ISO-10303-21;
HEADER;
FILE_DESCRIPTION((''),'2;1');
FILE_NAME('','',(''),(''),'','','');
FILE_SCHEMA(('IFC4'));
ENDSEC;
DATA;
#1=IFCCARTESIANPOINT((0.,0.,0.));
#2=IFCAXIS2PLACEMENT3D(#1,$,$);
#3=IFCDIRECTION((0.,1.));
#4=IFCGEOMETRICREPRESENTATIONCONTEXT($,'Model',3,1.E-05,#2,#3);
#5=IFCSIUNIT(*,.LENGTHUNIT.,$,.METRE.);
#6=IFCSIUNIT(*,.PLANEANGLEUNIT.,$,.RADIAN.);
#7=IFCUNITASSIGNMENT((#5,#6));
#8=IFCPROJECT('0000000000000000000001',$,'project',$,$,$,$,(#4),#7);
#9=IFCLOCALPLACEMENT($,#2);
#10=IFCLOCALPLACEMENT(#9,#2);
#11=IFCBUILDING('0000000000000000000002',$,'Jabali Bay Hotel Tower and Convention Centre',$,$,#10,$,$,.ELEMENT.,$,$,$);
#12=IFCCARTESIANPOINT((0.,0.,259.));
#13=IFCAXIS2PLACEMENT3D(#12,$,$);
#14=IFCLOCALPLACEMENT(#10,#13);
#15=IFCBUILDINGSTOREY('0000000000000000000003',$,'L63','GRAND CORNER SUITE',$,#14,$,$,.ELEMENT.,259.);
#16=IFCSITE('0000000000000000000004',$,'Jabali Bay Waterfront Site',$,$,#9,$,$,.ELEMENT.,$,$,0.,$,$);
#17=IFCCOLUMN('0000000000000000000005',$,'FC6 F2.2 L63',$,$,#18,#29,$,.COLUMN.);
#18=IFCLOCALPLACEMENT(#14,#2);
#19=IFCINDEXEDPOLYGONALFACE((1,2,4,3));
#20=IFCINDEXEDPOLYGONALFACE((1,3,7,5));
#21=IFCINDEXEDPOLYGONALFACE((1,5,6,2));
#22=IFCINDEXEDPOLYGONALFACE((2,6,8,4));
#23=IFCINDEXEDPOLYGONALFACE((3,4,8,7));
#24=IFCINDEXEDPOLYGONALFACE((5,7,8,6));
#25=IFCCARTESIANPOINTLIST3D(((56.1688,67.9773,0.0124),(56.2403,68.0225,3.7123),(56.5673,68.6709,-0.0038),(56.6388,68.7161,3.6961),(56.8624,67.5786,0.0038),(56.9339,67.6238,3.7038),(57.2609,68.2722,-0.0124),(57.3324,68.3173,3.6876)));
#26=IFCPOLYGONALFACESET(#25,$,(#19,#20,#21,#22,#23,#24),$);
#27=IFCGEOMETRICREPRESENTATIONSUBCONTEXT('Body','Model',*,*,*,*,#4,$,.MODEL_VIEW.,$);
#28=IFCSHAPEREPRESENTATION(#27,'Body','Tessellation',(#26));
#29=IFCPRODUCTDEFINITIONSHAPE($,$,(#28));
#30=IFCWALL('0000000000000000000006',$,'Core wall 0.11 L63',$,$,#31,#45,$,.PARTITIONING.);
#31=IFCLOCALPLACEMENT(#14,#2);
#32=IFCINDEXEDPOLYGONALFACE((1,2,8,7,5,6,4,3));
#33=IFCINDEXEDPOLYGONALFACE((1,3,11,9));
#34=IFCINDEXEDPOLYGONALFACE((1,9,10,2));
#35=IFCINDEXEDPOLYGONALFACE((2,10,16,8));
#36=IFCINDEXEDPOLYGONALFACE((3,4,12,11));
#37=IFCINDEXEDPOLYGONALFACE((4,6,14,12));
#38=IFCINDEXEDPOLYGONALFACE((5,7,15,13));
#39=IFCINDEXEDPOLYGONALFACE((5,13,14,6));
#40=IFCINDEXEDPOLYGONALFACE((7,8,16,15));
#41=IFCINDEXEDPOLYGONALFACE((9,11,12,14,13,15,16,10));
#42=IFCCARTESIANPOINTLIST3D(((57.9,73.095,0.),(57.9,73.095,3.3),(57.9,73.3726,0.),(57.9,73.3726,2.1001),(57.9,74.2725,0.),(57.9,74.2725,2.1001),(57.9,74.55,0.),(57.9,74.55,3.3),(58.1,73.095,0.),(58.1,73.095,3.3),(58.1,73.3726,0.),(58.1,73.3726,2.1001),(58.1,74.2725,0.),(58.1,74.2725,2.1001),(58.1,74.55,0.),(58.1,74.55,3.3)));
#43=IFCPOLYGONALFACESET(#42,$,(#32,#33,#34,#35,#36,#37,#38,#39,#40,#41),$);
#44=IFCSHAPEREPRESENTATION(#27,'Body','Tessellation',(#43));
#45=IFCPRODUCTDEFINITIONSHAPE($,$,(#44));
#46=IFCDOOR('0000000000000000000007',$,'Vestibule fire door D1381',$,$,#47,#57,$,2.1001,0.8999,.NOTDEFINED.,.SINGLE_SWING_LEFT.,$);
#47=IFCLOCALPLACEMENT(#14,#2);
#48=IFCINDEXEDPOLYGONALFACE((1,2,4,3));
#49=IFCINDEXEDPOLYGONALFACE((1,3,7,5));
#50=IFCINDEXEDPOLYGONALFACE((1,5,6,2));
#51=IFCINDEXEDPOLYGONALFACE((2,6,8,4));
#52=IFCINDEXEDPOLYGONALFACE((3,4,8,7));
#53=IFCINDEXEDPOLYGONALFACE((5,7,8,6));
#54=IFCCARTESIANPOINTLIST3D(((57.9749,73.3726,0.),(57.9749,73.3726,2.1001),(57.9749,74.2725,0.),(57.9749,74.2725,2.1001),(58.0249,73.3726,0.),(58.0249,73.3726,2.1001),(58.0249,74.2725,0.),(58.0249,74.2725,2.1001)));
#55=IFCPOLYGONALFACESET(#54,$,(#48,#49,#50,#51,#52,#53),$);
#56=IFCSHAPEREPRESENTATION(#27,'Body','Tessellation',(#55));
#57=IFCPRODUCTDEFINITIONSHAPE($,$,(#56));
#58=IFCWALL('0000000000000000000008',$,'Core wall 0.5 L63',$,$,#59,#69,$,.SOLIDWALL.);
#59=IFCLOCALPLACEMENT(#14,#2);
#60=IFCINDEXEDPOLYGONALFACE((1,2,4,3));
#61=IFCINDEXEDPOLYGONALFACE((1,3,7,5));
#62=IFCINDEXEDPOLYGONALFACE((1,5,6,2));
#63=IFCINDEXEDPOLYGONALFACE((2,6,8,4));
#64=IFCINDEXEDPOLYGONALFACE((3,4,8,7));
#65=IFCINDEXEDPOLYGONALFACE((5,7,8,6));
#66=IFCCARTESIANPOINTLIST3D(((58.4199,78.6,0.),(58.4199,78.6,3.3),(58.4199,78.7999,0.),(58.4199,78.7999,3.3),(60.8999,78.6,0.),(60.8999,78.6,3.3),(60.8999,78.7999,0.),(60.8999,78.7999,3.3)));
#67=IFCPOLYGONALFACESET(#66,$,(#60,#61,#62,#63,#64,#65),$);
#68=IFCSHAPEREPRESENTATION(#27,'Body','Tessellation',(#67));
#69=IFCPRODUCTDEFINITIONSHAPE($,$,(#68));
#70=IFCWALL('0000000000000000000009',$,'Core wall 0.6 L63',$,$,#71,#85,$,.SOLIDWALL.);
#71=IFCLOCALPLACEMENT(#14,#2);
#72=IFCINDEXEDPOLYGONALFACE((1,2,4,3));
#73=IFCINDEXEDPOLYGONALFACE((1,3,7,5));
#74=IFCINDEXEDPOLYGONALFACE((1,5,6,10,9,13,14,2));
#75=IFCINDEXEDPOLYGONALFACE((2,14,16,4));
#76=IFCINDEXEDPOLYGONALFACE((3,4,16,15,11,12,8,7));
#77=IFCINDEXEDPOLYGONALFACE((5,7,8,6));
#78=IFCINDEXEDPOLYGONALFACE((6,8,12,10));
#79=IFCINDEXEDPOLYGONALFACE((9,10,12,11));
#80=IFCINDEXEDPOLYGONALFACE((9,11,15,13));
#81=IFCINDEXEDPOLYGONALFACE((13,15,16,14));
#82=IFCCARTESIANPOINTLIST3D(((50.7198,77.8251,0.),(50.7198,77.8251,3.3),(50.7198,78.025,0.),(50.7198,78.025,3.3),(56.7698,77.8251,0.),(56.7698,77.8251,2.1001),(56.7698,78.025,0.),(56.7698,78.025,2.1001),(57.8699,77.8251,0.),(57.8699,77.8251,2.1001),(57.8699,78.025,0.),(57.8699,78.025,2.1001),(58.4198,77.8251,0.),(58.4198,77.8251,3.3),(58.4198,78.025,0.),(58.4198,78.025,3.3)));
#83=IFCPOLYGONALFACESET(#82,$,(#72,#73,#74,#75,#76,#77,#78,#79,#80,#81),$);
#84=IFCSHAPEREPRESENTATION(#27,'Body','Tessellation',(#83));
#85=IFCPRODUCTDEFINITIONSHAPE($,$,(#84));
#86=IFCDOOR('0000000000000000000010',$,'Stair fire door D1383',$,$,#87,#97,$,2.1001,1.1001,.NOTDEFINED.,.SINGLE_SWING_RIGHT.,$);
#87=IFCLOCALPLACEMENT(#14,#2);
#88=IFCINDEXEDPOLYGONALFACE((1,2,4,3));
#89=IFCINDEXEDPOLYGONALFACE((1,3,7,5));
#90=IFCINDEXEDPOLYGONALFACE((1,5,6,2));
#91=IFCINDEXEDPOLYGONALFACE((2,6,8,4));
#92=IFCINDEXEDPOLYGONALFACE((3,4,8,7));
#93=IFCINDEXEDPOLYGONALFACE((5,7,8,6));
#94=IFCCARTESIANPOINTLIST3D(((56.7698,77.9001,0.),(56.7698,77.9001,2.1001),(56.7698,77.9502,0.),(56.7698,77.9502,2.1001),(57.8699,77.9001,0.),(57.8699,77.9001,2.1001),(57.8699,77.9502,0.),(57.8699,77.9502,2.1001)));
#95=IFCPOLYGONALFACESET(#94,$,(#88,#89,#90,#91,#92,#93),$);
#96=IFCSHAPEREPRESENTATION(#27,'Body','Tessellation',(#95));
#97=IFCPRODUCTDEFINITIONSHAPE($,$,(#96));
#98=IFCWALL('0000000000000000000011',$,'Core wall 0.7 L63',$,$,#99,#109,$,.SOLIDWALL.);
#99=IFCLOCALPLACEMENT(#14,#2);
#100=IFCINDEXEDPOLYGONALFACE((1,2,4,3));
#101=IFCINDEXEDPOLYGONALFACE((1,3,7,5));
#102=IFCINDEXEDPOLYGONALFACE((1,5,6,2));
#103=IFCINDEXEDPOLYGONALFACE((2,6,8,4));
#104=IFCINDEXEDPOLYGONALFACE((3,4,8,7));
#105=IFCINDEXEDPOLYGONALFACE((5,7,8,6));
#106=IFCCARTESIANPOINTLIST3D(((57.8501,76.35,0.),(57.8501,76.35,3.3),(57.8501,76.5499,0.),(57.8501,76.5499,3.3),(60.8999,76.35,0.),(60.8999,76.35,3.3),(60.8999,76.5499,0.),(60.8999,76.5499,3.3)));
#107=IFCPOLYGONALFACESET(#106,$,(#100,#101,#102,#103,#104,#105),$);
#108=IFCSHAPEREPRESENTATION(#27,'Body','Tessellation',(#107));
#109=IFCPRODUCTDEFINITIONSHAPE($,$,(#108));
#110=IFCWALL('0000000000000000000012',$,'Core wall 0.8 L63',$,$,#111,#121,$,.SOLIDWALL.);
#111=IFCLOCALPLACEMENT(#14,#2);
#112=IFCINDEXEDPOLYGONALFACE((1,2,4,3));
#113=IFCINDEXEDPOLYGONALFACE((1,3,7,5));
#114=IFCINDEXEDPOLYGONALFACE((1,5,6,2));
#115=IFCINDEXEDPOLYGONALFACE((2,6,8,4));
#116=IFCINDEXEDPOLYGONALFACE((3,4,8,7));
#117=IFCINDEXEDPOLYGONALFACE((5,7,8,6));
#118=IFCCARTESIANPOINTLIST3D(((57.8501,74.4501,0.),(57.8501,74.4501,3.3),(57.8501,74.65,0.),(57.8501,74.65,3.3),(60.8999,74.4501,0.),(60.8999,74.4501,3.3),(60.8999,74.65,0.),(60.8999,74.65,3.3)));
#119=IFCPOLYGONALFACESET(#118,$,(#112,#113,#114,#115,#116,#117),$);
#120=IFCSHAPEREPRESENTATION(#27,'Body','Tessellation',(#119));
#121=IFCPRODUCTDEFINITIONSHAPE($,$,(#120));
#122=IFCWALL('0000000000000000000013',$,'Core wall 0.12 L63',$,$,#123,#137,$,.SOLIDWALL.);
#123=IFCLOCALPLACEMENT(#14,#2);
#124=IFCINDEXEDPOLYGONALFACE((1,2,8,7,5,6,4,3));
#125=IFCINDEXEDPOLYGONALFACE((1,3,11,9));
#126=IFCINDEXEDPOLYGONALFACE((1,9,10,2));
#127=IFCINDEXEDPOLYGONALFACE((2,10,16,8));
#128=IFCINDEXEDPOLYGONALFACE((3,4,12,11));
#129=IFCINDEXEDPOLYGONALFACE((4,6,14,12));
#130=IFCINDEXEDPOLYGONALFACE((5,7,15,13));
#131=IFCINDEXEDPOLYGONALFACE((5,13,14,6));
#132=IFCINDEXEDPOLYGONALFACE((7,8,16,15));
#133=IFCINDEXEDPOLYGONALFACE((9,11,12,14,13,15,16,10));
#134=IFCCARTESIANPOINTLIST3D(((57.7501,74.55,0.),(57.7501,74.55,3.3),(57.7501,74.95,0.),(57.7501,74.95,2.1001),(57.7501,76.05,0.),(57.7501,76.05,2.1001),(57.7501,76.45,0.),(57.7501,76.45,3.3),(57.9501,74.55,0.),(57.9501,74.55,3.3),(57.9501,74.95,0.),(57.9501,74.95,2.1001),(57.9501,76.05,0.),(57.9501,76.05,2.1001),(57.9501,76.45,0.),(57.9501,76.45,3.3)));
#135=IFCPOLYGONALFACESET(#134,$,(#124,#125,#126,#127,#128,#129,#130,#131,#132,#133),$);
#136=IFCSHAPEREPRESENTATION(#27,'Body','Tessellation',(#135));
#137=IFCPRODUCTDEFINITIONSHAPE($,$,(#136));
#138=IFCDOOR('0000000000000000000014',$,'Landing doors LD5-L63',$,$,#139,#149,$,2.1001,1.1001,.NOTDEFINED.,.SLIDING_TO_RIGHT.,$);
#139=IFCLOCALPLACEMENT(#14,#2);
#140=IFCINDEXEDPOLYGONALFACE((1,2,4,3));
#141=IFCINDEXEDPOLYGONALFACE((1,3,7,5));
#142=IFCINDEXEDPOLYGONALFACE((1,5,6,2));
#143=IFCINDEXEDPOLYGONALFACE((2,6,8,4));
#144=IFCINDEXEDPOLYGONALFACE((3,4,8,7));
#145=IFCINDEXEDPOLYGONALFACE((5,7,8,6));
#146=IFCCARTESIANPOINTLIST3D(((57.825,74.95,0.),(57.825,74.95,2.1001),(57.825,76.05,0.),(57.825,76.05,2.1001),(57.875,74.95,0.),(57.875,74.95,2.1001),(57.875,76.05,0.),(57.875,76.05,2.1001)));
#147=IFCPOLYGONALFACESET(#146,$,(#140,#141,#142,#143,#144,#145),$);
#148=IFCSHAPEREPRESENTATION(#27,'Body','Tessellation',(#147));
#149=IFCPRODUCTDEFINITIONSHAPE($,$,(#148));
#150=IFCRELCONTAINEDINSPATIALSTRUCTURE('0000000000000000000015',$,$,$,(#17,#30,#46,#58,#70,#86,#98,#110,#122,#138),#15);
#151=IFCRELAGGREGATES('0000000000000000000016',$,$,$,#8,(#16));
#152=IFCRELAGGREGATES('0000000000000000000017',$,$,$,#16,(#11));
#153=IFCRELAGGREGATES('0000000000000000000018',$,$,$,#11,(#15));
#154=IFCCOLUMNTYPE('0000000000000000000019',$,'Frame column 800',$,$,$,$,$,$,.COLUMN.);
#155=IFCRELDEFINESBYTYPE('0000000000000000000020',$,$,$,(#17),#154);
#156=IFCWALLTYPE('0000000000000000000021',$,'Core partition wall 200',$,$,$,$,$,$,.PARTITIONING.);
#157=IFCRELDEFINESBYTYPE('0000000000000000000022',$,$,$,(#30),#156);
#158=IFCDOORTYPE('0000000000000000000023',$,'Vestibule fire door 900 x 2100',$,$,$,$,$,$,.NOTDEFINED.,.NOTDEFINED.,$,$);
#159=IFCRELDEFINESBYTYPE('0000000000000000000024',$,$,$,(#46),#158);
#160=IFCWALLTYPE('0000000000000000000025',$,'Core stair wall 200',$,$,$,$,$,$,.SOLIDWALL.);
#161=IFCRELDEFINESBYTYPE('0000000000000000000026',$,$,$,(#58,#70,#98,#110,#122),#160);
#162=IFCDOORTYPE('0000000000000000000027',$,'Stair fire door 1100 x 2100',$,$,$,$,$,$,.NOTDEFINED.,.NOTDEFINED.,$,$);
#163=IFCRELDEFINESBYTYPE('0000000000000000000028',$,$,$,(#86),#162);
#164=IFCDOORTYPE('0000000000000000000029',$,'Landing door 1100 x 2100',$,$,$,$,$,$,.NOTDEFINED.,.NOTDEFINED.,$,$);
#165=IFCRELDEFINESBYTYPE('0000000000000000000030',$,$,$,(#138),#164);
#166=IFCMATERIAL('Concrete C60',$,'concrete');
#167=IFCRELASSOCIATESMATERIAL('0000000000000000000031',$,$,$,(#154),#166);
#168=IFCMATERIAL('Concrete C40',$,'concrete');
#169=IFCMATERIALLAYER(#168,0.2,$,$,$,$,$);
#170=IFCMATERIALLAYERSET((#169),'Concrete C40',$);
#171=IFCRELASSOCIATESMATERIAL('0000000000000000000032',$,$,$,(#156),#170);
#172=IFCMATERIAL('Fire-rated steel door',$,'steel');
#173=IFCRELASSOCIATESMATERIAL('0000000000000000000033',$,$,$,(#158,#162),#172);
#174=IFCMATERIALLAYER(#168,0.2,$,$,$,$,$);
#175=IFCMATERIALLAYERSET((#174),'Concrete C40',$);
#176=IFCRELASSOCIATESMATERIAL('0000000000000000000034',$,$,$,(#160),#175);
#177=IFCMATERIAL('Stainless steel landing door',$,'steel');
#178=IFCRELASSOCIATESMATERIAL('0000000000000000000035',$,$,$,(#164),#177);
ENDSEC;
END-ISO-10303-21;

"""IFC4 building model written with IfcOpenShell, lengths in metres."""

from ifc_helpers import new_model, si_unit, direction, frame, frame_2d, origin, origin_2d, place, context, subcontext, project, spatial, rectangle, extrude, material, layer, layer_set, material_profile, profile_set, type_object, element, fill, save


model = new_model("IFC4")

# Units and contexts
model_context = context("Model", 3, precision=1e-05, world=origin(), true_north=direction((0.0, 1.0)))
body_context = subcontext(model_context, "Body", "Model", "MODEL_VIEW")
ifc_project = project(units=[si_unit("LENGTHUNIT", "METRE"), si_unit("PLANEANGLEUNIT", "RADIAN")], contexts=[model_context])

# Site, building, storey
site_placement = place(None, origin())
site = spatial("IfcSite", under=ifc_project, at=site_placement, Name="Jabali Bay Waterfront Site", CompositionType="ELEMENT", RefElevation=0.0)
building_placement = place(site_placement, origin())
building = spatial("IfcBuilding", under=site, at=building_placement, Name="Jabali Bay Hotel Tower and Convention Centre", CompositionType="ELEMENT")
storey_placement = place(building_placement, frame((0.0, 0.0, 259.0)))
storey = spatial("IfcBuildingStorey", under=building, at=storey_placement, Name="L63", Description="GRAND CORNER SUITE", CompositionType="ELEMENT", Elevation=259.0)

# Column
ifc_material_1 = material(Name="Concrete C60", Category="concrete")
ifc_material_profile = material_profile(ifc_material_1, rectangle(XDim=0.8, YDim=0.8, at=origin_2d()), Name="Frame column 800")
ifc_profile_set = profile_set([ifc_material_profile], Name="Concrete C60")
column_type = type_object("IfcColumnType", Name="Frame column 800", PredefinedType="COLUMN", material=ifc_profile_set)
column_placement = place(storey_placement, frame((56.7148, 68.1248, 0.0), z_axis=(0.019329, 0.012204, 0.999739), x_axis=(-0.866906, 0.498357, 0.010677)))
element("IfcColumn", 1, at=column_placement, inside=storey, type_object=column_type, Name="FC6 F2.2 L63", PredefinedType="COLUMN", context=body_context, shape_type="SweptSolid", body=[
    extrude(rectangle(XDim=0.8, YDim=0.8, at=origin_2d()), origin(), (0.0, 0.0, 1.0), 3.7009),
])

# Wall, opening, door
ifc_material_2 = material(Name="Concrete C40", Category="concrete")
ifc_layer_1 = layer(ifc_material_2, 0.2)
ifc_layer_set_1 = layer_set([ifc_layer_1], Name="Concrete C40")
wall_type_1 = type_object("IfcWallType", Name="Core partition wall 200", PredefinedType="PARTITIONING", material=ifc_layer_set_1)
wall_1_placement = place(storey_placement, frame((58.0, 74.55, 0.0), z_axis=(0.0, 0.0, 1.0), x_axis=(0.0, -1.0, 0.0)))
wall_1 = element("IfcWall", 2, at=wall_1_placement, inside=storey, type_object=wall_type_1, Name="Core wall 0.11 L63", PredefinedType="PARTITIONING", context=body_context, shape_type="SweptSolid", body=[
    extrude(rectangle(XDim=1.4551, YDim=0.2, at=frame_2d((0.7275, 0.0))), origin(), (0.0, 0.0, 1.0), 3.3),
])
opening_1_placement = place(wall_1_placement, frame((0.2776, 0.0, 0.0)))
opening_1 = element("IfcOpeningElement", 3, at=opening_1_placement, cuts=wall_1, PredefinedType="OPENING", context=body_context, shape_type="SweptSolid", body=[
    extrude(rectangle(XDim=0.8999, YDim=2.1001, at=frame_2d((0.45, 1.05))), frame((0.0, 0.1104, 0.0), z_axis=(0.0, -1.0, 0.0), x_axis=(1.0, 0.0, 0.0)), (0.0, 0.0, 1.0), 0.2209),
])
ifc_material_3 = material(Name="Fire-rated steel door", Category="steel")
door_type_1 = type_object("IfcDoorType", Name="Vestibule fire door 900 x 2100", OperationType="NOTDEFINED", PredefinedType="NOTDEFINED", material=ifc_material_3)
door_1_placement = place(opening_1_placement, origin())
door_1 = element("IfcDoor", 4, at=door_1_placement, inside=storey, type_object=door_type_1, Name="Vestibule fire door D1381", OperationType="SINGLE_SWING_LEFT", OverallHeight=2.1001, OverallWidth=0.8999, PredefinedType="NOTDEFINED", context=body_context, shape_type="SweptSolid", body=[
    extrude(rectangle(XDim=0.8999, YDim=2.1001, at=frame_2d((0.45, 1.05))), frame((0.0, 0.0249, 0.0), z_axis=(0.0, -1.0, 0.0), x_axis=(1.0, 0.0, 0.0)), (0.0, 0.0, 1.0), 0.05),
])
fill(opening_1, door_1)

# Wall
ifc_layer_2 = layer(ifc_material_2, 0.2)
ifc_layer_set_2 = layer_set([ifc_layer_2], Name="Concrete C40")
wall_type_2 = type_object("IfcWallType", Name="Core stair wall 200", PredefinedType="SOLIDWALL", material=ifc_layer_set_2)
wall_2_placement = place(storey_placement, frame((60.8999, 78.7, 0.0), z_axis=(0.0, 0.0, 1.0), x_axis=(-1.0, 0.0, 0.0)))
element("IfcWall", 5, at=wall_2_placement, inside=storey, type_object=wall_type_2, Name="Core wall 0.5 L63", PredefinedType="SOLIDWALL", context=body_context, shape_type="SweptSolid", body=[
    extrude(rectangle(XDim=2.48, YDim=0.2, at=frame_2d((1.24, 0.0))), origin(), (0.0, 0.0, 1.0), 3.3),
])

# Wall, opening, door
wall_3_placement = place(storey_placement, frame((58.4199, 77.925, 0.0), z_axis=(0.0, 0.0, 1.0), x_axis=(-1.0, 0.0, 0.0)))
wall_3 = element("IfcWall", 6, at=wall_3_placement, inside=storey, type_object=wall_type_2, Name="Core wall 0.6 L63", PredefinedType="SOLIDWALL", context=body_context, shape_type="SweptSolid", body=[
    extrude(rectangle(XDim=7.7, YDim=0.2, at=frame_2d((3.8501, 0.0))), origin(), (0.0, 0.0, 1.0), 3.3),
])
opening_2_placement = place(wall_3_placement, frame((0.55, 0.0, 0.0)))
opening_2 = element("IfcOpeningElement", 7, at=opening_2_placement, cuts=wall_3, PredefinedType="OPENING", context=body_context, shape_type="SweptSolid", body=[
    extrude(rectangle(XDim=1.1001, YDim=2.1001, at=frame_2d((0.55, 1.05))), frame((0.0, 0.1104, 0.0), z_axis=(0.0, -1.0, 0.0), x_axis=(1.0, 0.0, 0.0)), (0.0, 0.0, 1.0), 0.2209),
])
door_type_2 = type_object("IfcDoorType", Name="Stair fire door 1100 x 2100", OperationType="NOTDEFINED", PredefinedType="NOTDEFINED", material=ifc_material_3)
door_2_placement = place(opening_2_placement, origin())
door_2 = element("IfcDoor", 8, at=door_2_placement, inside=storey, type_object=door_type_2, Name="Stair fire door D1383", OperationType="SINGLE_SWING_RIGHT", OverallHeight=2.1001, OverallWidth=1.1001, PredefinedType="NOTDEFINED", context=body_context, shape_type="SweptSolid", body=[
    extrude(rectangle(XDim=1.1001, YDim=2.1001, at=frame_2d((0.55, 1.05))), frame((0.0, 0.0249, 0.0), z_axis=(0.0, -1.0, 0.0), x_axis=(1.0, 0.0, 0.0)), (0.0, 0.0, 1.0), 0.05),
])
fill(opening_2, door_2)

# Walls
for number, where, z_axis, x_axis, name in (
    (9, (60.8999, 76.45, 0.0), (0.0, 0.0, 1.0), (-1.0, 0.0, 0.0), "Core wall 0.7 L63"),
    (10, (60.8999, 74.55, 0.0), (0.0, 0.0, 1.0), (-1.0, 0.0, 0.0), "Core wall 0.8 L63"),
):
    element("IfcWall", number, at=place(storey_placement, frame(where, z_axis=z_axis, x_axis=x_axis)), inside=storey, type_object=wall_type_2, Name=name, PredefinedType="SOLIDWALL", context=body_context, shape_type="SweptSolid", body=[
        extrude(rectangle(XDim=3.0498, YDim=0.2, at=frame_2d((1.5249, 0.0))), origin(), (0.0, 0.0, 1.0), 3.3),
    ])

# Wall, opening, door
wall_4_placement = place(storey_placement, frame((57.8501, 76.45, 0.0), z_axis=(0.0, 0.0, 1.0), x_axis=(0.0, -1.0, 0.0)))
wall_4 = element("IfcWall", 11, at=wall_4_placement, inside=storey, type_object=wall_type_2, Name="Core wall 0.12 L63", PredefinedType="SOLIDWALL", context=body_context, shape_type="SweptSolid", body=[
    extrude(rectangle(XDim=1.8999, YDim=0.2, at=frame_2d((0.95, 0.0))), origin(), (0.0, 0.0, 1.0), 3.3),
])
opening_3_placement = place(wall_4_placement, frame((0.3999, 0.0, 0.0)))
opening_3 = element("IfcOpeningElement", 12, at=opening_3_placement, cuts=wall_4, PredefinedType="OPENING", context=body_context, shape_type="SweptSolid", body=[
    extrude(rectangle(XDim=1.1001, YDim=2.1001, at=frame_2d((0.55, 1.05))), frame((0.0, 0.1104, 0.0), z_axis=(0.0, -1.0, 0.0), x_axis=(1.0, 0.0, 0.0)), (0.0, 0.0, 1.0), 0.2209),
])
ifc_material_4 = material(Name="Stainless steel landing door", Category="steel")
door_type_3 = type_object("IfcDoorType", Name="Landing door 1100 x 2100", OperationType="NOTDEFINED", PredefinedType="NOTDEFINED", material=ifc_material_4)
door_3_placement = place(opening_3_placement, origin())
door_3 = element("IfcDoor", 13, at=door_3_placement, inside=storey, type_object=door_type_3, Name="Landing doors LD5-L63", OperationType="SLIDING_TO_RIGHT", OverallHeight=2.1001, OverallWidth=1.1001, PredefinedType="NOTDEFINED", context=body_context, shape_type="SweptSolid", body=[
    extrude(rectangle(XDim=1.1001, YDim=2.1001, at=frame_2d((0.55, 1.05))), frame((0.0, 0.0249, 0.0), z_axis=(0.0, -1.0, 0.0), x_axis=(1.0, 0.0, 0.0)), (0.0, 0.0, 1.0), 0.05),
])
fill(opening_3, door_3)

save(model, "model.ifc")
